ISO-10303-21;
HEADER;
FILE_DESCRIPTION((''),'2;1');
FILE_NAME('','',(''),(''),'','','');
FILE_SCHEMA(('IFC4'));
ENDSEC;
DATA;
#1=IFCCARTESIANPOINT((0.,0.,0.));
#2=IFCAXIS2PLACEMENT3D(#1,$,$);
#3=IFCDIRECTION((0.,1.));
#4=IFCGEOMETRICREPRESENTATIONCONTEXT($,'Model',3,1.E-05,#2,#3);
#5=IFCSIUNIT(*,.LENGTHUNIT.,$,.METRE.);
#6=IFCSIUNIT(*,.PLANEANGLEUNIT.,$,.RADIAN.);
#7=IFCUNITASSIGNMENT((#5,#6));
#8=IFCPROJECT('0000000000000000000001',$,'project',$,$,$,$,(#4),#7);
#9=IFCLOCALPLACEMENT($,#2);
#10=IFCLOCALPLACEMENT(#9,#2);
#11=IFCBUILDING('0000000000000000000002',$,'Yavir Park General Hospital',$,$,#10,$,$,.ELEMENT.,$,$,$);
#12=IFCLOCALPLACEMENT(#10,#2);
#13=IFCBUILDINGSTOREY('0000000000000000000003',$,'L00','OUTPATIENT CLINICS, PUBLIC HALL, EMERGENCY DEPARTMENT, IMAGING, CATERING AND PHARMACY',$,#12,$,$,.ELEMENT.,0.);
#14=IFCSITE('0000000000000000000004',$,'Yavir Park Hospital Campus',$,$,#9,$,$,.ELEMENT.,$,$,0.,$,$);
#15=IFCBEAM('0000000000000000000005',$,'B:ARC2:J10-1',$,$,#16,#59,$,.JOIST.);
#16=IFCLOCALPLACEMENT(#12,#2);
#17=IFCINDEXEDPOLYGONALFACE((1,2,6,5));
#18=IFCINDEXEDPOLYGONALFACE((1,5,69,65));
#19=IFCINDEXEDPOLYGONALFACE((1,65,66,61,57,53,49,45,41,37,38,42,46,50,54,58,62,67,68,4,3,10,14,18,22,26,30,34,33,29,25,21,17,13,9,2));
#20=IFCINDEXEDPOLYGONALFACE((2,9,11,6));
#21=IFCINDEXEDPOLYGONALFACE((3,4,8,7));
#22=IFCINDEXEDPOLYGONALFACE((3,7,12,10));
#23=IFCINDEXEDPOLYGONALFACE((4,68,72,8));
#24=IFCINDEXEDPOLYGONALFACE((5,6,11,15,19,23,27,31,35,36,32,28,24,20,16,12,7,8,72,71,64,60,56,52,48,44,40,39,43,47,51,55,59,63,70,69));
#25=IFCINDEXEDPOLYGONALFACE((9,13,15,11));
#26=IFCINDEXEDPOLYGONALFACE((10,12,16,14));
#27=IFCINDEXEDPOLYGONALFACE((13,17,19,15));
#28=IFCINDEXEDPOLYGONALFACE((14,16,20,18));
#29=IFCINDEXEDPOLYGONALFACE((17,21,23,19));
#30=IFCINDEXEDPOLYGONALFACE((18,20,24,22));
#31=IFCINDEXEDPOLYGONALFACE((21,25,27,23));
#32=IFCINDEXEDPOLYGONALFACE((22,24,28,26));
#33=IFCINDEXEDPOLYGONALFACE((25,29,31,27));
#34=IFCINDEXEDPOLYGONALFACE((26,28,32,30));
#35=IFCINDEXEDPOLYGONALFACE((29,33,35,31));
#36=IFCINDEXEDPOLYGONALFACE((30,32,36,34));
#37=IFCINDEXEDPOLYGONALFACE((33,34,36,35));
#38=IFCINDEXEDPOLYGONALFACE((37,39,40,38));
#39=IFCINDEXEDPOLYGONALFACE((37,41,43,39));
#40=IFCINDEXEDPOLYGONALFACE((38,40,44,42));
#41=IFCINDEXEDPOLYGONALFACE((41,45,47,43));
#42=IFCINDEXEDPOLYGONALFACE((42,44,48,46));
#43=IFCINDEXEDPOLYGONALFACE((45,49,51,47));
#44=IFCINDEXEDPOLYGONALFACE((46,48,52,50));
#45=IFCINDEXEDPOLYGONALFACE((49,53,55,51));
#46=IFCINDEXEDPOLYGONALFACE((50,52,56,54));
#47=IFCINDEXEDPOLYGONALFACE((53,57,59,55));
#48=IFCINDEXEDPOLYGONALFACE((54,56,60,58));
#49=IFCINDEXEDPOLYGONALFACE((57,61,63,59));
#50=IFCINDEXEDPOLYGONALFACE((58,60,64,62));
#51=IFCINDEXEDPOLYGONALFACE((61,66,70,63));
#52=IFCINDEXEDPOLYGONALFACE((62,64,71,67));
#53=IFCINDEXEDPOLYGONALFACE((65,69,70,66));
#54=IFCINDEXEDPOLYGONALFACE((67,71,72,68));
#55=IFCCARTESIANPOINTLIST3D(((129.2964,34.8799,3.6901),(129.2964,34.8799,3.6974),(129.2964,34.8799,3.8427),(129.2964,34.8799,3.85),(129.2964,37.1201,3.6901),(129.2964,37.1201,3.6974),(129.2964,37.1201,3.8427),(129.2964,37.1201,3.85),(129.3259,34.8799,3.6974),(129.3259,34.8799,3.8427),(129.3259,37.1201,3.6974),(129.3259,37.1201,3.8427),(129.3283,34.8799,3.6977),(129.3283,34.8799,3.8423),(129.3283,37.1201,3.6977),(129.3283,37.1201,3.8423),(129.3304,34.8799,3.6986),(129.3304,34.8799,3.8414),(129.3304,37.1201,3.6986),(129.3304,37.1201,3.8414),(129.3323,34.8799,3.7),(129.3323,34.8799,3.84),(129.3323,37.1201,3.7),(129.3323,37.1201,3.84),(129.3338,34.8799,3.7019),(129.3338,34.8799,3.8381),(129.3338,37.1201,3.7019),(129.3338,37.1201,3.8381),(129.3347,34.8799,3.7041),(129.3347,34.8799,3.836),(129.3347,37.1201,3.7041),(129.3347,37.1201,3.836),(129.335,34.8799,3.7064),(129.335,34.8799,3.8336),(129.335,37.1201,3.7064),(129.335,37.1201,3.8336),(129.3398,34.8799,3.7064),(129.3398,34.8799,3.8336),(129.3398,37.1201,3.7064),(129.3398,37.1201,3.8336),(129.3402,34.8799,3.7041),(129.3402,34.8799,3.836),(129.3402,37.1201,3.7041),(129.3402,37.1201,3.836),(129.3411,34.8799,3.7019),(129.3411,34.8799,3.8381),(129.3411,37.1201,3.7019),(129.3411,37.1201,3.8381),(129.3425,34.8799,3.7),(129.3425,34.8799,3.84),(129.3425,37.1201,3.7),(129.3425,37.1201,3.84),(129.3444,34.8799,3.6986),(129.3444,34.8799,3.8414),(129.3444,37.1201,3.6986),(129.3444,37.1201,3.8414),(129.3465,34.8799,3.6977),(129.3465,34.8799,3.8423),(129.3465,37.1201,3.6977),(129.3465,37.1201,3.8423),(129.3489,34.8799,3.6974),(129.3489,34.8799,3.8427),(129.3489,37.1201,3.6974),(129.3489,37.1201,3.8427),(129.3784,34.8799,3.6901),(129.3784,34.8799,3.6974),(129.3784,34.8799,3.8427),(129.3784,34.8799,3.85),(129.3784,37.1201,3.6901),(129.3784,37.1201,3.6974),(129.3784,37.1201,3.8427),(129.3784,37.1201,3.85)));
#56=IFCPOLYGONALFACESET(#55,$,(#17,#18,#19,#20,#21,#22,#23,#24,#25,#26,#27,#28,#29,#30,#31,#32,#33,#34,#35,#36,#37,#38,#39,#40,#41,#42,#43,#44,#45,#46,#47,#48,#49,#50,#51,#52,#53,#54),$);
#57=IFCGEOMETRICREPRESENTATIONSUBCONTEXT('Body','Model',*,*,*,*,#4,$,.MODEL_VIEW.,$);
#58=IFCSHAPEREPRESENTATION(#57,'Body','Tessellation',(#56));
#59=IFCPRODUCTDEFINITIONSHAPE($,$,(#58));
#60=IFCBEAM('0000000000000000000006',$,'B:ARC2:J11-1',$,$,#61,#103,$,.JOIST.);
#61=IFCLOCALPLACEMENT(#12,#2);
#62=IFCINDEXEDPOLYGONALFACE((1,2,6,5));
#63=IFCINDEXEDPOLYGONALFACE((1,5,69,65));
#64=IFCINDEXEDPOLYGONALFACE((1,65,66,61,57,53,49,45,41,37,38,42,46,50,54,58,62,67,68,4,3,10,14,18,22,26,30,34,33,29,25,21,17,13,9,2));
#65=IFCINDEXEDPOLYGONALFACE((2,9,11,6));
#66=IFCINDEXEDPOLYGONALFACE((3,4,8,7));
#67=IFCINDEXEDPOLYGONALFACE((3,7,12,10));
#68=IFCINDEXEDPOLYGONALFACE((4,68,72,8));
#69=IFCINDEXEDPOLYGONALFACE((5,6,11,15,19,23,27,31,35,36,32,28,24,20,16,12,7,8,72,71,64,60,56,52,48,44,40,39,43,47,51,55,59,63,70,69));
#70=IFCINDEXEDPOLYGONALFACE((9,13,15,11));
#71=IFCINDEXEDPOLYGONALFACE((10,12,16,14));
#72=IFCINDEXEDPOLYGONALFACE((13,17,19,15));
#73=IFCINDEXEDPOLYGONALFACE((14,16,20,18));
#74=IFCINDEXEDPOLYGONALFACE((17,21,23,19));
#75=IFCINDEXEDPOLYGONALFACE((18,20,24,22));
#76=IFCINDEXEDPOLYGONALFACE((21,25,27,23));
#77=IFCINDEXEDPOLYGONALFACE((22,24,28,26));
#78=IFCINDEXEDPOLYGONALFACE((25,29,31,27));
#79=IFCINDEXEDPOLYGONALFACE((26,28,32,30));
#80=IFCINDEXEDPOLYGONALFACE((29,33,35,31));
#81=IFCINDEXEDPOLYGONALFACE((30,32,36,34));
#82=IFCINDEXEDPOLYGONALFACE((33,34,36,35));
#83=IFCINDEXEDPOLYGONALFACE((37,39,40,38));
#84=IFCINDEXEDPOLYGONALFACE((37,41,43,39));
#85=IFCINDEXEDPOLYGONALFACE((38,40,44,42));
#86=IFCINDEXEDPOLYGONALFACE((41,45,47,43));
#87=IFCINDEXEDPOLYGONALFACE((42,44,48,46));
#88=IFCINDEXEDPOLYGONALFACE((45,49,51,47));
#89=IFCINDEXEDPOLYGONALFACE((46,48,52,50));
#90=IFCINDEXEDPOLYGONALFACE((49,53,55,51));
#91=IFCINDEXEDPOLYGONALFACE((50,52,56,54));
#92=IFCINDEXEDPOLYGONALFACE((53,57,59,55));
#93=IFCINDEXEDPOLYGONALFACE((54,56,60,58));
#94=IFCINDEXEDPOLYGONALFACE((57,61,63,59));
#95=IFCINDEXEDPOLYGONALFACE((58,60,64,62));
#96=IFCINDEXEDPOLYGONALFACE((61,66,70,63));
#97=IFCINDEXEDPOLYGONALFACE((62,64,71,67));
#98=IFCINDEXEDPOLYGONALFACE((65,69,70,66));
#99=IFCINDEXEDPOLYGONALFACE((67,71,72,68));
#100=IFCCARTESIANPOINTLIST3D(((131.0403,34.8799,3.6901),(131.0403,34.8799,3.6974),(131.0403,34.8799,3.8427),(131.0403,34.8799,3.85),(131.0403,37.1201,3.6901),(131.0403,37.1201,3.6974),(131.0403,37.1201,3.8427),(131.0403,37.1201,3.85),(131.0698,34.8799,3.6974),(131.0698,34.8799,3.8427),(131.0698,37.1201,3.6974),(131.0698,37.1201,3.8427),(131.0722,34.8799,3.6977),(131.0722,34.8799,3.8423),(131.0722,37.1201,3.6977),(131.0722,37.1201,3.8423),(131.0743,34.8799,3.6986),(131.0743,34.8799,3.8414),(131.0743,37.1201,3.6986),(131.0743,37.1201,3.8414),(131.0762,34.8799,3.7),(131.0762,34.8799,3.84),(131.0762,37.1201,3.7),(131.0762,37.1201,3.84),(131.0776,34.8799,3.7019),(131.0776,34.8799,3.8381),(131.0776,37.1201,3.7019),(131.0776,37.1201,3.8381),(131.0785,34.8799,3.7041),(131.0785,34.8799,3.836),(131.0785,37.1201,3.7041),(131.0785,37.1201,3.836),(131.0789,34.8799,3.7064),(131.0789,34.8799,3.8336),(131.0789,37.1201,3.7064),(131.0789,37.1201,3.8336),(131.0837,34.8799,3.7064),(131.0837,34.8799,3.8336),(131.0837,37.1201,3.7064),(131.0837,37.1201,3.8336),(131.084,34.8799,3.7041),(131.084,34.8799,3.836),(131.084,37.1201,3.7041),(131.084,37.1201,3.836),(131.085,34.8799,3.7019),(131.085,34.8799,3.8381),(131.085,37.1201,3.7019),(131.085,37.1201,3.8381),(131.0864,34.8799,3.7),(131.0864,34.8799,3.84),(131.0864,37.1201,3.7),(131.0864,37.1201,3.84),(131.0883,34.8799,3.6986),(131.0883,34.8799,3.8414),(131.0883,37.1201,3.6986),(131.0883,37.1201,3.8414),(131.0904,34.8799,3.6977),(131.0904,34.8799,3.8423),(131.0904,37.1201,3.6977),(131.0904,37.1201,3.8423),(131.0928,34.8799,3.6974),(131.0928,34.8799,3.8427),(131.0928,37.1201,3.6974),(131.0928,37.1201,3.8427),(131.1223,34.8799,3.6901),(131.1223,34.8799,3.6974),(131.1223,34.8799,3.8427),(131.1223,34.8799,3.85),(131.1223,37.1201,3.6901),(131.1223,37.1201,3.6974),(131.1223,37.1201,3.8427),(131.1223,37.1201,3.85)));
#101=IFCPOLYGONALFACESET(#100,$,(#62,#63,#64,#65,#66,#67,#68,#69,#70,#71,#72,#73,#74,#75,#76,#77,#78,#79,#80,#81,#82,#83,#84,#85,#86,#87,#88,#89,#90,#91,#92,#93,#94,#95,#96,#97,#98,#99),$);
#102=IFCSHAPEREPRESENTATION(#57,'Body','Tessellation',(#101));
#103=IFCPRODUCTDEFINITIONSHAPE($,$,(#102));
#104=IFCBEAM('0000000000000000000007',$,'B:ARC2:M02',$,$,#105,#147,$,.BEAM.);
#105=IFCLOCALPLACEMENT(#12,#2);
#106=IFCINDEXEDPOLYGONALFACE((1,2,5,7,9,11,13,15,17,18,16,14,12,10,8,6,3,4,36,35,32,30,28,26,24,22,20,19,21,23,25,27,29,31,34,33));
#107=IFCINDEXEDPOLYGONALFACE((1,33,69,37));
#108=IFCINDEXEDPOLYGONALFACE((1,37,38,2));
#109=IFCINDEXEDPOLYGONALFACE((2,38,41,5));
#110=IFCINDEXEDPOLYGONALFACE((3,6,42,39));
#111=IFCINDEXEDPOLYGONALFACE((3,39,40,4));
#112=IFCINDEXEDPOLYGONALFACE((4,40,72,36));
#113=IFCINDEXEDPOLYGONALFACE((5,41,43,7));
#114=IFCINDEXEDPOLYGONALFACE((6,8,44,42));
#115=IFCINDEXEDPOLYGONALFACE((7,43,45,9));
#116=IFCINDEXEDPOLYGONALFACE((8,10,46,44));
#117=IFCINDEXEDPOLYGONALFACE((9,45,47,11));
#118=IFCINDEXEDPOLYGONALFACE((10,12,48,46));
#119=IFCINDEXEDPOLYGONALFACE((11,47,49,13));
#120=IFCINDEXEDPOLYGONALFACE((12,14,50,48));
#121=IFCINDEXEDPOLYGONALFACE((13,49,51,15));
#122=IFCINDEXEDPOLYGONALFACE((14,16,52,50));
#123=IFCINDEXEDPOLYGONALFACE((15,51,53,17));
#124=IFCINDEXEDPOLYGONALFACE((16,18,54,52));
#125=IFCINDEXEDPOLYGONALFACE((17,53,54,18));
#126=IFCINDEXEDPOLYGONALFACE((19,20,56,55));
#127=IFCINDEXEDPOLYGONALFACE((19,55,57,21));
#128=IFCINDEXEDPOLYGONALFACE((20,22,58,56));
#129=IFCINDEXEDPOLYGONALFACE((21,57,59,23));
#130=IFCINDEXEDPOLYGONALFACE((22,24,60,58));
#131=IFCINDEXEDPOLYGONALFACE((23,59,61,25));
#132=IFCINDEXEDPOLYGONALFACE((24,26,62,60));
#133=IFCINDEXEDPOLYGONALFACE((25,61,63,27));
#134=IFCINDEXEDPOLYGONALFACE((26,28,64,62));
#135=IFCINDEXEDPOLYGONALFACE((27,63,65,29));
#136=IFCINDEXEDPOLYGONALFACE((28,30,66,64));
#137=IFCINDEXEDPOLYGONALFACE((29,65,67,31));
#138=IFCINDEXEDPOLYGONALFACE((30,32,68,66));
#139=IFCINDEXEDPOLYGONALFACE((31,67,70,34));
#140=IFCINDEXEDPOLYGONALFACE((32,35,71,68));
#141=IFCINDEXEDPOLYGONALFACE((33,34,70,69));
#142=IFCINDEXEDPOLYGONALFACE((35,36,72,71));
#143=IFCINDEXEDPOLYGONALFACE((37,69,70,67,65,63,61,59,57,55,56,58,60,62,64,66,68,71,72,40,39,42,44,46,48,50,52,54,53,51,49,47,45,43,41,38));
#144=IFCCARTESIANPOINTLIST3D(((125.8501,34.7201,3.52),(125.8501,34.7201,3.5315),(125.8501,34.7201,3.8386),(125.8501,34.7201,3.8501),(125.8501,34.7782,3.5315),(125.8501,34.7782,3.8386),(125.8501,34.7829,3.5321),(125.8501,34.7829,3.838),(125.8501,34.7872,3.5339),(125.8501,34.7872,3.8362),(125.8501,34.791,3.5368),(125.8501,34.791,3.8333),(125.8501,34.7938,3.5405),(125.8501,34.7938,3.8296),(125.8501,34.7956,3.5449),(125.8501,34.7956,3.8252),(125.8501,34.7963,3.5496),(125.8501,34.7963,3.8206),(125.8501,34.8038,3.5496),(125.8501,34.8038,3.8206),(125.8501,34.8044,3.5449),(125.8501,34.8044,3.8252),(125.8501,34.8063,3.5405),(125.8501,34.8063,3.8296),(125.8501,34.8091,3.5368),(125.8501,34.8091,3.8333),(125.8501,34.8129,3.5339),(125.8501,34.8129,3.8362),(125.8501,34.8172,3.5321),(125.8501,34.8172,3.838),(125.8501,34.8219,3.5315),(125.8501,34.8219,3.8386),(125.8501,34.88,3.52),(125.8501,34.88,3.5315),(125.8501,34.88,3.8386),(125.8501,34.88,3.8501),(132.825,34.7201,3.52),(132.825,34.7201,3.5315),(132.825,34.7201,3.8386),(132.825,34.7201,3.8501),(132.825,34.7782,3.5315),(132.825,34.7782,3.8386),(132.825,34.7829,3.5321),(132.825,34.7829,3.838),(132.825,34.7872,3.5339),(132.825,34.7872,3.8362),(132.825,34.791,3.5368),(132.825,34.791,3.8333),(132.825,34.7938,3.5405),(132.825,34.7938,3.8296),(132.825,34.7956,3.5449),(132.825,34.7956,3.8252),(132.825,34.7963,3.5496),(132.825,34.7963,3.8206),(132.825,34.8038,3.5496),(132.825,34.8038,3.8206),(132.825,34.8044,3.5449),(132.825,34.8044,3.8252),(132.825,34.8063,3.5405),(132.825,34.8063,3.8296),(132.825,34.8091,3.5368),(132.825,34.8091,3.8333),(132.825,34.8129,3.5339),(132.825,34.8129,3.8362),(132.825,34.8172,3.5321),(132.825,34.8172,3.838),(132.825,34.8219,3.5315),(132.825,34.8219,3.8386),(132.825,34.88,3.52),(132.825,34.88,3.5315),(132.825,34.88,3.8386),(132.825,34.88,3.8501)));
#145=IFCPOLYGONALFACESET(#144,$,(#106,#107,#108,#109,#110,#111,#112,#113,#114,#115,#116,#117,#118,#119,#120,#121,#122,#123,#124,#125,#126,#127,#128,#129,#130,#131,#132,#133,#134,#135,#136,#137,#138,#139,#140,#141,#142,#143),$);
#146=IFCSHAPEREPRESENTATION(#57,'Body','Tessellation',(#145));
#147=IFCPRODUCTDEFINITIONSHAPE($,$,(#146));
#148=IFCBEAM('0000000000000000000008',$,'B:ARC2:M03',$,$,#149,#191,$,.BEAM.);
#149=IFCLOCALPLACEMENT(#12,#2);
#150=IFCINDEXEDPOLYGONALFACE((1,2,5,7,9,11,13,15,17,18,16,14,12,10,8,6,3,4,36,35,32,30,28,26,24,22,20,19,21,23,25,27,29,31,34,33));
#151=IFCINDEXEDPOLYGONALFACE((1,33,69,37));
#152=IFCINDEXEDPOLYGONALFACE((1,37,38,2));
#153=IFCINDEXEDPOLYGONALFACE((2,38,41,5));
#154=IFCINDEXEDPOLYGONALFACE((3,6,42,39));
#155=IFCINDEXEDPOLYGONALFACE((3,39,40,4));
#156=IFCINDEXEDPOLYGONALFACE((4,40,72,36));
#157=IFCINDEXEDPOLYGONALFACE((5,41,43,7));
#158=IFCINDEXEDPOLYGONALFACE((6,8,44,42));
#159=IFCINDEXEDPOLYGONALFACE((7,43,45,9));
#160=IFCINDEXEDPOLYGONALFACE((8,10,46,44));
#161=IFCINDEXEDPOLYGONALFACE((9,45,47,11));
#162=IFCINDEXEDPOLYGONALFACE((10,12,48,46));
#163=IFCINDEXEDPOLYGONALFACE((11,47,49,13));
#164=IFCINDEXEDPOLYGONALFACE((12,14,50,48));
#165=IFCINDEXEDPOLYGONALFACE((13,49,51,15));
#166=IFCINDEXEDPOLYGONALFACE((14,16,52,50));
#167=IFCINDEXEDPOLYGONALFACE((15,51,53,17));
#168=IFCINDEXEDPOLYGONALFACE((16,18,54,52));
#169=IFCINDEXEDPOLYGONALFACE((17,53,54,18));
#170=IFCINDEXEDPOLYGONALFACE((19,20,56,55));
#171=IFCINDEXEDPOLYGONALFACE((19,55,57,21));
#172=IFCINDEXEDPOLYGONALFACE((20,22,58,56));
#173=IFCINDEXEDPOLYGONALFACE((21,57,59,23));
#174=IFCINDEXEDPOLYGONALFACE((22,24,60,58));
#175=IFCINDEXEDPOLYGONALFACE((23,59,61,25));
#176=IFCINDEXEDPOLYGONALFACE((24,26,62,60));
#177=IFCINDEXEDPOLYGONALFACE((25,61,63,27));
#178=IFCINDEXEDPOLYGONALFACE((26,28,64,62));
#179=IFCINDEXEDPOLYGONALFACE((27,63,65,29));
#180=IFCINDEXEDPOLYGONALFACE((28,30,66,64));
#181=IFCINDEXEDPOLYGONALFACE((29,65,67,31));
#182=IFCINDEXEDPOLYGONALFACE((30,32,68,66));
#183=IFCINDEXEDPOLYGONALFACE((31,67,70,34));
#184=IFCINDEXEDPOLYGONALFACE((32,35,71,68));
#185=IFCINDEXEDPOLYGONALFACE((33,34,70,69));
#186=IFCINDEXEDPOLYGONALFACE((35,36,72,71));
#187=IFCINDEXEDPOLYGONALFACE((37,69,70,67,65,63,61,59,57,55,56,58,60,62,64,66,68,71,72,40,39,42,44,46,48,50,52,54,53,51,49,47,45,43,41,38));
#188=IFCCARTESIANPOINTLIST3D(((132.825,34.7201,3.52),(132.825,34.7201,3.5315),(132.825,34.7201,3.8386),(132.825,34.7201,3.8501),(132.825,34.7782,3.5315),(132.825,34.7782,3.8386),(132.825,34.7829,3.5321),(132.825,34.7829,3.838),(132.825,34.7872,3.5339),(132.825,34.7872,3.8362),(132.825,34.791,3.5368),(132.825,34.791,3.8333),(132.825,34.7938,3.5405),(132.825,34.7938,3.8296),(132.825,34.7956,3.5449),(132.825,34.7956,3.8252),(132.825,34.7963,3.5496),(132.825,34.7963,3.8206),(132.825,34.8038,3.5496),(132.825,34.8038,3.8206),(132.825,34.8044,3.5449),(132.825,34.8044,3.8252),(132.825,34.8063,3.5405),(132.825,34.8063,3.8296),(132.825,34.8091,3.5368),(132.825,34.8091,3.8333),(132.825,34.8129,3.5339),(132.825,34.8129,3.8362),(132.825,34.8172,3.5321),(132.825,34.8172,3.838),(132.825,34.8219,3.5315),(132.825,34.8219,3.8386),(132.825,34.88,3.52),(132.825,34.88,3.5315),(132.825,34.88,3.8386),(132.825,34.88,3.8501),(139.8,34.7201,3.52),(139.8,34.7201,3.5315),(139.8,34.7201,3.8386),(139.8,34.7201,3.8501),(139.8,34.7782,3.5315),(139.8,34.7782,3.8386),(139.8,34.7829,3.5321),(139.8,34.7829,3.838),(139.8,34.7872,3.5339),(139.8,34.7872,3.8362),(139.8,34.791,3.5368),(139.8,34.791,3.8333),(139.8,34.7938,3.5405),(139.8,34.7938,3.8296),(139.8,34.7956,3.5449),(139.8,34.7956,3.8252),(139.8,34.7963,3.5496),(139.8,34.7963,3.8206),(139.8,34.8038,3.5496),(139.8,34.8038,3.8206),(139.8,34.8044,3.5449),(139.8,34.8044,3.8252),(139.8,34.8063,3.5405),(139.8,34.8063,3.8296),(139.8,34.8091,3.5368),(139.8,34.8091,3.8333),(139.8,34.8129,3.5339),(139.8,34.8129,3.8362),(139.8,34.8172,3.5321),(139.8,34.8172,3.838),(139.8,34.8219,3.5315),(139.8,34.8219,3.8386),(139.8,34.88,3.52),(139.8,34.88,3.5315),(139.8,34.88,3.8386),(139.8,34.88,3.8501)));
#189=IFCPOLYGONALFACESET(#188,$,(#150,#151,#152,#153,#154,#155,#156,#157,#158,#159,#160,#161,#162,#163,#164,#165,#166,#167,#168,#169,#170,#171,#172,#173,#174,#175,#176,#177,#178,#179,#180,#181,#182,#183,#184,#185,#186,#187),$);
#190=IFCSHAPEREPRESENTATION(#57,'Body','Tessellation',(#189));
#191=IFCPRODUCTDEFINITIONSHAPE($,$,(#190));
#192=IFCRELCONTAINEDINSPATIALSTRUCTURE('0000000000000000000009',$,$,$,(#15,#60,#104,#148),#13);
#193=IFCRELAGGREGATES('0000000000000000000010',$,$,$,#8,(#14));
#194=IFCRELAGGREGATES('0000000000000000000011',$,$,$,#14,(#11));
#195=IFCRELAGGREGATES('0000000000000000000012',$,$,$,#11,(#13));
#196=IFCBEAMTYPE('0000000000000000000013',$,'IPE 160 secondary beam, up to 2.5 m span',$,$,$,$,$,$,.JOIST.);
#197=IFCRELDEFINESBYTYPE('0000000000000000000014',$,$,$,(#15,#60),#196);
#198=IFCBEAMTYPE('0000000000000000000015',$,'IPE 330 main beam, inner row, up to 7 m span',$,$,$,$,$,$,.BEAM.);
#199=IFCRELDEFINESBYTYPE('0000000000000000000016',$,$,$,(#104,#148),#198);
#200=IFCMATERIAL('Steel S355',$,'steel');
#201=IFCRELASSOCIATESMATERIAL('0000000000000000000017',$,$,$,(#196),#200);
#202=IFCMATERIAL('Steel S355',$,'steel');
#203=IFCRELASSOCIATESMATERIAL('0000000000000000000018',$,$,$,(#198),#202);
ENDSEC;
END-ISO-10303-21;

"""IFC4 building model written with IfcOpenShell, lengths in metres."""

from ifc_helpers import new_model, si_unit, direction, frame, origin, origin_2d, place, context, subcontext, project, spatial, i_section, extrude, material, material_profile, profile_set, type_object, element, save


model = new_model("IFC4")

# Units and contexts
model_context = context("Model", 3, precision=1e-05, world=origin(), true_north=direction((0.0, 1.0)))
body_context = subcontext(model_context, "Body", "Model", "MODEL_VIEW")
ifc_project = project(units=[si_unit("LENGTHUNIT", "METRE"), si_unit("PLANEANGLEUNIT", "RADIAN")], contexts=[model_context])

# Site, building, storey
site_placement = place(None, origin())
site = spatial("IfcSite", under=ifc_project, at=site_placement, Name="Yavir Park Hospital Campus", CompositionType="ELEMENT", RefElevation=0.0)
building_placement = place(site_placement, origin())
building = spatial("IfcBuilding", under=site, at=building_placement, Name="Yavir Park General Hospital", CompositionType="ELEMENT")
storey_placement = place(building_placement, origin())
storey = spatial("IfcBuildingStorey", under=building, at=storey_placement, Name="L00", Description="OUTPATIENT CLINICS, PUBLIC HALL, EMERGENCY DEPARTMENT, IMAGING, CATERING AND PHARMACY", CompositionType="ELEMENT", Elevation=0.0)

# Beams
ifc_material_1 = material(Name="Steel S355", Category="steel")
ifc_material_profile_1 = material_profile(ifc_material_1, i_section(OverallWidth=0.082, OverallDepth=0.1599, WebThickness=0.0049, FlangeThickness=0.0073, FilletRadius=0.009, at=origin_2d()), Name="IPE160")
ifc_profile_set_1 = profile_set([ifc_material_profile_1], Name="Steel S355")
beam_type_1 = type_object("IfcBeamType", Name="IPE 160 secondary beam, up to 2.5 m span", PredefinedType="JOIST", material=ifc_profile_set_1)
for number, where, z_axis, x_axis, name in (
    (1, (129.3374, 34.8799, 3.77), (0.0, 1.0, 0.0), (-1.0, 0.0, 0.0), "B:ARC2:J10-1"),
    (2, (131.0813, 34.8799, 3.77), (0.0, 1.0, 0.0), (-1.0, 0.0, 0.0), "B:ARC2:J11-1"),
):
    element("IfcBeam", number, at=place(storey_placement, frame(where, z_axis=z_axis, x_axis=x_axis)), inside=storey, type_object=beam_type_1, Name=name, PredefinedType="JOIST", context=body_context, shape_type="SweptSolid", body=[
        extrude(i_section(OverallWidth=0.082, OverallDepth=0.1599, WebThickness=0.0049, FlangeThickness=0.0073, FilletRadius=0.009, at=origin_2d()), origin(), (0.0, 0.0, 1.0), 2.2402),
    ])
ifc_material_2 = material(Name="Steel S355", Category="steel")
ifc_material_profile_2 = material_profile(ifc_material_2, i_section(OverallWidth=0.1599, OverallDepth=0.3301, WebThickness=0.0076, FlangeThickness=0.0115, FilletRadius=0.0181, at=origin_2d()), Name="IPE330")
ifc_profile_set_2 = profile_set([ifc_material_profile_2], Name="Steel S355")
beam_type_2 = type_object("IfcBeamType", Name="IPE 330 main beam, inner row, up to 7 m span", PredefinedType="BEAM", material=ifc_profile_set_2)
beam_1_placement = place(storey_placement, frame((125.8501, 34.8, 3.6851), z_axis=(1.0, 0.0, 0.0), x_axis=(0.0, 1.0, 0.0)))
element("IfcBeam", 3, at=beam_1_placement, inside=storey, type_object=beam_type_2, Name="B:ARC2:M02", PredefinedType="BEAM", context=body_context, shape_type="SweptSolid", body=[
    extrude(i_section(OverallWidth=0.1599, OverallDepth=0.3301, WebThickness=0.0076, FlangeThickness=0.0115, FilletRadius=0.0181, at=origin_2d()), origin(), (0.0, 0.0, 1.0), 6.9749),
])
beam_2_placement = place(storey_placement, frame((132.825, 34.8, 3.6851), z_axis=(1.0, 0.0, 0.0), x_axis=(0.0, 1.0, 0.0)))
element("IfcBeam", 4, at=beam_2_placement, inside=storey, type_object=beam_type_2, Name="B:ARC2:M03", PredefinedType="BEAM", context=body_context, shape_type="SweptSolid", body=[
    extrude(i_section(OverallWidth=0.1599, OverallDepth=0.3301, WebThickness=0.0076, FlangeThickness=0.0115, FilletRadius=0.0181, at=origin_2d()), origin(), (0.0, 0.0, 1.0), 6.9751),
])

save(model, "model.ifc")
